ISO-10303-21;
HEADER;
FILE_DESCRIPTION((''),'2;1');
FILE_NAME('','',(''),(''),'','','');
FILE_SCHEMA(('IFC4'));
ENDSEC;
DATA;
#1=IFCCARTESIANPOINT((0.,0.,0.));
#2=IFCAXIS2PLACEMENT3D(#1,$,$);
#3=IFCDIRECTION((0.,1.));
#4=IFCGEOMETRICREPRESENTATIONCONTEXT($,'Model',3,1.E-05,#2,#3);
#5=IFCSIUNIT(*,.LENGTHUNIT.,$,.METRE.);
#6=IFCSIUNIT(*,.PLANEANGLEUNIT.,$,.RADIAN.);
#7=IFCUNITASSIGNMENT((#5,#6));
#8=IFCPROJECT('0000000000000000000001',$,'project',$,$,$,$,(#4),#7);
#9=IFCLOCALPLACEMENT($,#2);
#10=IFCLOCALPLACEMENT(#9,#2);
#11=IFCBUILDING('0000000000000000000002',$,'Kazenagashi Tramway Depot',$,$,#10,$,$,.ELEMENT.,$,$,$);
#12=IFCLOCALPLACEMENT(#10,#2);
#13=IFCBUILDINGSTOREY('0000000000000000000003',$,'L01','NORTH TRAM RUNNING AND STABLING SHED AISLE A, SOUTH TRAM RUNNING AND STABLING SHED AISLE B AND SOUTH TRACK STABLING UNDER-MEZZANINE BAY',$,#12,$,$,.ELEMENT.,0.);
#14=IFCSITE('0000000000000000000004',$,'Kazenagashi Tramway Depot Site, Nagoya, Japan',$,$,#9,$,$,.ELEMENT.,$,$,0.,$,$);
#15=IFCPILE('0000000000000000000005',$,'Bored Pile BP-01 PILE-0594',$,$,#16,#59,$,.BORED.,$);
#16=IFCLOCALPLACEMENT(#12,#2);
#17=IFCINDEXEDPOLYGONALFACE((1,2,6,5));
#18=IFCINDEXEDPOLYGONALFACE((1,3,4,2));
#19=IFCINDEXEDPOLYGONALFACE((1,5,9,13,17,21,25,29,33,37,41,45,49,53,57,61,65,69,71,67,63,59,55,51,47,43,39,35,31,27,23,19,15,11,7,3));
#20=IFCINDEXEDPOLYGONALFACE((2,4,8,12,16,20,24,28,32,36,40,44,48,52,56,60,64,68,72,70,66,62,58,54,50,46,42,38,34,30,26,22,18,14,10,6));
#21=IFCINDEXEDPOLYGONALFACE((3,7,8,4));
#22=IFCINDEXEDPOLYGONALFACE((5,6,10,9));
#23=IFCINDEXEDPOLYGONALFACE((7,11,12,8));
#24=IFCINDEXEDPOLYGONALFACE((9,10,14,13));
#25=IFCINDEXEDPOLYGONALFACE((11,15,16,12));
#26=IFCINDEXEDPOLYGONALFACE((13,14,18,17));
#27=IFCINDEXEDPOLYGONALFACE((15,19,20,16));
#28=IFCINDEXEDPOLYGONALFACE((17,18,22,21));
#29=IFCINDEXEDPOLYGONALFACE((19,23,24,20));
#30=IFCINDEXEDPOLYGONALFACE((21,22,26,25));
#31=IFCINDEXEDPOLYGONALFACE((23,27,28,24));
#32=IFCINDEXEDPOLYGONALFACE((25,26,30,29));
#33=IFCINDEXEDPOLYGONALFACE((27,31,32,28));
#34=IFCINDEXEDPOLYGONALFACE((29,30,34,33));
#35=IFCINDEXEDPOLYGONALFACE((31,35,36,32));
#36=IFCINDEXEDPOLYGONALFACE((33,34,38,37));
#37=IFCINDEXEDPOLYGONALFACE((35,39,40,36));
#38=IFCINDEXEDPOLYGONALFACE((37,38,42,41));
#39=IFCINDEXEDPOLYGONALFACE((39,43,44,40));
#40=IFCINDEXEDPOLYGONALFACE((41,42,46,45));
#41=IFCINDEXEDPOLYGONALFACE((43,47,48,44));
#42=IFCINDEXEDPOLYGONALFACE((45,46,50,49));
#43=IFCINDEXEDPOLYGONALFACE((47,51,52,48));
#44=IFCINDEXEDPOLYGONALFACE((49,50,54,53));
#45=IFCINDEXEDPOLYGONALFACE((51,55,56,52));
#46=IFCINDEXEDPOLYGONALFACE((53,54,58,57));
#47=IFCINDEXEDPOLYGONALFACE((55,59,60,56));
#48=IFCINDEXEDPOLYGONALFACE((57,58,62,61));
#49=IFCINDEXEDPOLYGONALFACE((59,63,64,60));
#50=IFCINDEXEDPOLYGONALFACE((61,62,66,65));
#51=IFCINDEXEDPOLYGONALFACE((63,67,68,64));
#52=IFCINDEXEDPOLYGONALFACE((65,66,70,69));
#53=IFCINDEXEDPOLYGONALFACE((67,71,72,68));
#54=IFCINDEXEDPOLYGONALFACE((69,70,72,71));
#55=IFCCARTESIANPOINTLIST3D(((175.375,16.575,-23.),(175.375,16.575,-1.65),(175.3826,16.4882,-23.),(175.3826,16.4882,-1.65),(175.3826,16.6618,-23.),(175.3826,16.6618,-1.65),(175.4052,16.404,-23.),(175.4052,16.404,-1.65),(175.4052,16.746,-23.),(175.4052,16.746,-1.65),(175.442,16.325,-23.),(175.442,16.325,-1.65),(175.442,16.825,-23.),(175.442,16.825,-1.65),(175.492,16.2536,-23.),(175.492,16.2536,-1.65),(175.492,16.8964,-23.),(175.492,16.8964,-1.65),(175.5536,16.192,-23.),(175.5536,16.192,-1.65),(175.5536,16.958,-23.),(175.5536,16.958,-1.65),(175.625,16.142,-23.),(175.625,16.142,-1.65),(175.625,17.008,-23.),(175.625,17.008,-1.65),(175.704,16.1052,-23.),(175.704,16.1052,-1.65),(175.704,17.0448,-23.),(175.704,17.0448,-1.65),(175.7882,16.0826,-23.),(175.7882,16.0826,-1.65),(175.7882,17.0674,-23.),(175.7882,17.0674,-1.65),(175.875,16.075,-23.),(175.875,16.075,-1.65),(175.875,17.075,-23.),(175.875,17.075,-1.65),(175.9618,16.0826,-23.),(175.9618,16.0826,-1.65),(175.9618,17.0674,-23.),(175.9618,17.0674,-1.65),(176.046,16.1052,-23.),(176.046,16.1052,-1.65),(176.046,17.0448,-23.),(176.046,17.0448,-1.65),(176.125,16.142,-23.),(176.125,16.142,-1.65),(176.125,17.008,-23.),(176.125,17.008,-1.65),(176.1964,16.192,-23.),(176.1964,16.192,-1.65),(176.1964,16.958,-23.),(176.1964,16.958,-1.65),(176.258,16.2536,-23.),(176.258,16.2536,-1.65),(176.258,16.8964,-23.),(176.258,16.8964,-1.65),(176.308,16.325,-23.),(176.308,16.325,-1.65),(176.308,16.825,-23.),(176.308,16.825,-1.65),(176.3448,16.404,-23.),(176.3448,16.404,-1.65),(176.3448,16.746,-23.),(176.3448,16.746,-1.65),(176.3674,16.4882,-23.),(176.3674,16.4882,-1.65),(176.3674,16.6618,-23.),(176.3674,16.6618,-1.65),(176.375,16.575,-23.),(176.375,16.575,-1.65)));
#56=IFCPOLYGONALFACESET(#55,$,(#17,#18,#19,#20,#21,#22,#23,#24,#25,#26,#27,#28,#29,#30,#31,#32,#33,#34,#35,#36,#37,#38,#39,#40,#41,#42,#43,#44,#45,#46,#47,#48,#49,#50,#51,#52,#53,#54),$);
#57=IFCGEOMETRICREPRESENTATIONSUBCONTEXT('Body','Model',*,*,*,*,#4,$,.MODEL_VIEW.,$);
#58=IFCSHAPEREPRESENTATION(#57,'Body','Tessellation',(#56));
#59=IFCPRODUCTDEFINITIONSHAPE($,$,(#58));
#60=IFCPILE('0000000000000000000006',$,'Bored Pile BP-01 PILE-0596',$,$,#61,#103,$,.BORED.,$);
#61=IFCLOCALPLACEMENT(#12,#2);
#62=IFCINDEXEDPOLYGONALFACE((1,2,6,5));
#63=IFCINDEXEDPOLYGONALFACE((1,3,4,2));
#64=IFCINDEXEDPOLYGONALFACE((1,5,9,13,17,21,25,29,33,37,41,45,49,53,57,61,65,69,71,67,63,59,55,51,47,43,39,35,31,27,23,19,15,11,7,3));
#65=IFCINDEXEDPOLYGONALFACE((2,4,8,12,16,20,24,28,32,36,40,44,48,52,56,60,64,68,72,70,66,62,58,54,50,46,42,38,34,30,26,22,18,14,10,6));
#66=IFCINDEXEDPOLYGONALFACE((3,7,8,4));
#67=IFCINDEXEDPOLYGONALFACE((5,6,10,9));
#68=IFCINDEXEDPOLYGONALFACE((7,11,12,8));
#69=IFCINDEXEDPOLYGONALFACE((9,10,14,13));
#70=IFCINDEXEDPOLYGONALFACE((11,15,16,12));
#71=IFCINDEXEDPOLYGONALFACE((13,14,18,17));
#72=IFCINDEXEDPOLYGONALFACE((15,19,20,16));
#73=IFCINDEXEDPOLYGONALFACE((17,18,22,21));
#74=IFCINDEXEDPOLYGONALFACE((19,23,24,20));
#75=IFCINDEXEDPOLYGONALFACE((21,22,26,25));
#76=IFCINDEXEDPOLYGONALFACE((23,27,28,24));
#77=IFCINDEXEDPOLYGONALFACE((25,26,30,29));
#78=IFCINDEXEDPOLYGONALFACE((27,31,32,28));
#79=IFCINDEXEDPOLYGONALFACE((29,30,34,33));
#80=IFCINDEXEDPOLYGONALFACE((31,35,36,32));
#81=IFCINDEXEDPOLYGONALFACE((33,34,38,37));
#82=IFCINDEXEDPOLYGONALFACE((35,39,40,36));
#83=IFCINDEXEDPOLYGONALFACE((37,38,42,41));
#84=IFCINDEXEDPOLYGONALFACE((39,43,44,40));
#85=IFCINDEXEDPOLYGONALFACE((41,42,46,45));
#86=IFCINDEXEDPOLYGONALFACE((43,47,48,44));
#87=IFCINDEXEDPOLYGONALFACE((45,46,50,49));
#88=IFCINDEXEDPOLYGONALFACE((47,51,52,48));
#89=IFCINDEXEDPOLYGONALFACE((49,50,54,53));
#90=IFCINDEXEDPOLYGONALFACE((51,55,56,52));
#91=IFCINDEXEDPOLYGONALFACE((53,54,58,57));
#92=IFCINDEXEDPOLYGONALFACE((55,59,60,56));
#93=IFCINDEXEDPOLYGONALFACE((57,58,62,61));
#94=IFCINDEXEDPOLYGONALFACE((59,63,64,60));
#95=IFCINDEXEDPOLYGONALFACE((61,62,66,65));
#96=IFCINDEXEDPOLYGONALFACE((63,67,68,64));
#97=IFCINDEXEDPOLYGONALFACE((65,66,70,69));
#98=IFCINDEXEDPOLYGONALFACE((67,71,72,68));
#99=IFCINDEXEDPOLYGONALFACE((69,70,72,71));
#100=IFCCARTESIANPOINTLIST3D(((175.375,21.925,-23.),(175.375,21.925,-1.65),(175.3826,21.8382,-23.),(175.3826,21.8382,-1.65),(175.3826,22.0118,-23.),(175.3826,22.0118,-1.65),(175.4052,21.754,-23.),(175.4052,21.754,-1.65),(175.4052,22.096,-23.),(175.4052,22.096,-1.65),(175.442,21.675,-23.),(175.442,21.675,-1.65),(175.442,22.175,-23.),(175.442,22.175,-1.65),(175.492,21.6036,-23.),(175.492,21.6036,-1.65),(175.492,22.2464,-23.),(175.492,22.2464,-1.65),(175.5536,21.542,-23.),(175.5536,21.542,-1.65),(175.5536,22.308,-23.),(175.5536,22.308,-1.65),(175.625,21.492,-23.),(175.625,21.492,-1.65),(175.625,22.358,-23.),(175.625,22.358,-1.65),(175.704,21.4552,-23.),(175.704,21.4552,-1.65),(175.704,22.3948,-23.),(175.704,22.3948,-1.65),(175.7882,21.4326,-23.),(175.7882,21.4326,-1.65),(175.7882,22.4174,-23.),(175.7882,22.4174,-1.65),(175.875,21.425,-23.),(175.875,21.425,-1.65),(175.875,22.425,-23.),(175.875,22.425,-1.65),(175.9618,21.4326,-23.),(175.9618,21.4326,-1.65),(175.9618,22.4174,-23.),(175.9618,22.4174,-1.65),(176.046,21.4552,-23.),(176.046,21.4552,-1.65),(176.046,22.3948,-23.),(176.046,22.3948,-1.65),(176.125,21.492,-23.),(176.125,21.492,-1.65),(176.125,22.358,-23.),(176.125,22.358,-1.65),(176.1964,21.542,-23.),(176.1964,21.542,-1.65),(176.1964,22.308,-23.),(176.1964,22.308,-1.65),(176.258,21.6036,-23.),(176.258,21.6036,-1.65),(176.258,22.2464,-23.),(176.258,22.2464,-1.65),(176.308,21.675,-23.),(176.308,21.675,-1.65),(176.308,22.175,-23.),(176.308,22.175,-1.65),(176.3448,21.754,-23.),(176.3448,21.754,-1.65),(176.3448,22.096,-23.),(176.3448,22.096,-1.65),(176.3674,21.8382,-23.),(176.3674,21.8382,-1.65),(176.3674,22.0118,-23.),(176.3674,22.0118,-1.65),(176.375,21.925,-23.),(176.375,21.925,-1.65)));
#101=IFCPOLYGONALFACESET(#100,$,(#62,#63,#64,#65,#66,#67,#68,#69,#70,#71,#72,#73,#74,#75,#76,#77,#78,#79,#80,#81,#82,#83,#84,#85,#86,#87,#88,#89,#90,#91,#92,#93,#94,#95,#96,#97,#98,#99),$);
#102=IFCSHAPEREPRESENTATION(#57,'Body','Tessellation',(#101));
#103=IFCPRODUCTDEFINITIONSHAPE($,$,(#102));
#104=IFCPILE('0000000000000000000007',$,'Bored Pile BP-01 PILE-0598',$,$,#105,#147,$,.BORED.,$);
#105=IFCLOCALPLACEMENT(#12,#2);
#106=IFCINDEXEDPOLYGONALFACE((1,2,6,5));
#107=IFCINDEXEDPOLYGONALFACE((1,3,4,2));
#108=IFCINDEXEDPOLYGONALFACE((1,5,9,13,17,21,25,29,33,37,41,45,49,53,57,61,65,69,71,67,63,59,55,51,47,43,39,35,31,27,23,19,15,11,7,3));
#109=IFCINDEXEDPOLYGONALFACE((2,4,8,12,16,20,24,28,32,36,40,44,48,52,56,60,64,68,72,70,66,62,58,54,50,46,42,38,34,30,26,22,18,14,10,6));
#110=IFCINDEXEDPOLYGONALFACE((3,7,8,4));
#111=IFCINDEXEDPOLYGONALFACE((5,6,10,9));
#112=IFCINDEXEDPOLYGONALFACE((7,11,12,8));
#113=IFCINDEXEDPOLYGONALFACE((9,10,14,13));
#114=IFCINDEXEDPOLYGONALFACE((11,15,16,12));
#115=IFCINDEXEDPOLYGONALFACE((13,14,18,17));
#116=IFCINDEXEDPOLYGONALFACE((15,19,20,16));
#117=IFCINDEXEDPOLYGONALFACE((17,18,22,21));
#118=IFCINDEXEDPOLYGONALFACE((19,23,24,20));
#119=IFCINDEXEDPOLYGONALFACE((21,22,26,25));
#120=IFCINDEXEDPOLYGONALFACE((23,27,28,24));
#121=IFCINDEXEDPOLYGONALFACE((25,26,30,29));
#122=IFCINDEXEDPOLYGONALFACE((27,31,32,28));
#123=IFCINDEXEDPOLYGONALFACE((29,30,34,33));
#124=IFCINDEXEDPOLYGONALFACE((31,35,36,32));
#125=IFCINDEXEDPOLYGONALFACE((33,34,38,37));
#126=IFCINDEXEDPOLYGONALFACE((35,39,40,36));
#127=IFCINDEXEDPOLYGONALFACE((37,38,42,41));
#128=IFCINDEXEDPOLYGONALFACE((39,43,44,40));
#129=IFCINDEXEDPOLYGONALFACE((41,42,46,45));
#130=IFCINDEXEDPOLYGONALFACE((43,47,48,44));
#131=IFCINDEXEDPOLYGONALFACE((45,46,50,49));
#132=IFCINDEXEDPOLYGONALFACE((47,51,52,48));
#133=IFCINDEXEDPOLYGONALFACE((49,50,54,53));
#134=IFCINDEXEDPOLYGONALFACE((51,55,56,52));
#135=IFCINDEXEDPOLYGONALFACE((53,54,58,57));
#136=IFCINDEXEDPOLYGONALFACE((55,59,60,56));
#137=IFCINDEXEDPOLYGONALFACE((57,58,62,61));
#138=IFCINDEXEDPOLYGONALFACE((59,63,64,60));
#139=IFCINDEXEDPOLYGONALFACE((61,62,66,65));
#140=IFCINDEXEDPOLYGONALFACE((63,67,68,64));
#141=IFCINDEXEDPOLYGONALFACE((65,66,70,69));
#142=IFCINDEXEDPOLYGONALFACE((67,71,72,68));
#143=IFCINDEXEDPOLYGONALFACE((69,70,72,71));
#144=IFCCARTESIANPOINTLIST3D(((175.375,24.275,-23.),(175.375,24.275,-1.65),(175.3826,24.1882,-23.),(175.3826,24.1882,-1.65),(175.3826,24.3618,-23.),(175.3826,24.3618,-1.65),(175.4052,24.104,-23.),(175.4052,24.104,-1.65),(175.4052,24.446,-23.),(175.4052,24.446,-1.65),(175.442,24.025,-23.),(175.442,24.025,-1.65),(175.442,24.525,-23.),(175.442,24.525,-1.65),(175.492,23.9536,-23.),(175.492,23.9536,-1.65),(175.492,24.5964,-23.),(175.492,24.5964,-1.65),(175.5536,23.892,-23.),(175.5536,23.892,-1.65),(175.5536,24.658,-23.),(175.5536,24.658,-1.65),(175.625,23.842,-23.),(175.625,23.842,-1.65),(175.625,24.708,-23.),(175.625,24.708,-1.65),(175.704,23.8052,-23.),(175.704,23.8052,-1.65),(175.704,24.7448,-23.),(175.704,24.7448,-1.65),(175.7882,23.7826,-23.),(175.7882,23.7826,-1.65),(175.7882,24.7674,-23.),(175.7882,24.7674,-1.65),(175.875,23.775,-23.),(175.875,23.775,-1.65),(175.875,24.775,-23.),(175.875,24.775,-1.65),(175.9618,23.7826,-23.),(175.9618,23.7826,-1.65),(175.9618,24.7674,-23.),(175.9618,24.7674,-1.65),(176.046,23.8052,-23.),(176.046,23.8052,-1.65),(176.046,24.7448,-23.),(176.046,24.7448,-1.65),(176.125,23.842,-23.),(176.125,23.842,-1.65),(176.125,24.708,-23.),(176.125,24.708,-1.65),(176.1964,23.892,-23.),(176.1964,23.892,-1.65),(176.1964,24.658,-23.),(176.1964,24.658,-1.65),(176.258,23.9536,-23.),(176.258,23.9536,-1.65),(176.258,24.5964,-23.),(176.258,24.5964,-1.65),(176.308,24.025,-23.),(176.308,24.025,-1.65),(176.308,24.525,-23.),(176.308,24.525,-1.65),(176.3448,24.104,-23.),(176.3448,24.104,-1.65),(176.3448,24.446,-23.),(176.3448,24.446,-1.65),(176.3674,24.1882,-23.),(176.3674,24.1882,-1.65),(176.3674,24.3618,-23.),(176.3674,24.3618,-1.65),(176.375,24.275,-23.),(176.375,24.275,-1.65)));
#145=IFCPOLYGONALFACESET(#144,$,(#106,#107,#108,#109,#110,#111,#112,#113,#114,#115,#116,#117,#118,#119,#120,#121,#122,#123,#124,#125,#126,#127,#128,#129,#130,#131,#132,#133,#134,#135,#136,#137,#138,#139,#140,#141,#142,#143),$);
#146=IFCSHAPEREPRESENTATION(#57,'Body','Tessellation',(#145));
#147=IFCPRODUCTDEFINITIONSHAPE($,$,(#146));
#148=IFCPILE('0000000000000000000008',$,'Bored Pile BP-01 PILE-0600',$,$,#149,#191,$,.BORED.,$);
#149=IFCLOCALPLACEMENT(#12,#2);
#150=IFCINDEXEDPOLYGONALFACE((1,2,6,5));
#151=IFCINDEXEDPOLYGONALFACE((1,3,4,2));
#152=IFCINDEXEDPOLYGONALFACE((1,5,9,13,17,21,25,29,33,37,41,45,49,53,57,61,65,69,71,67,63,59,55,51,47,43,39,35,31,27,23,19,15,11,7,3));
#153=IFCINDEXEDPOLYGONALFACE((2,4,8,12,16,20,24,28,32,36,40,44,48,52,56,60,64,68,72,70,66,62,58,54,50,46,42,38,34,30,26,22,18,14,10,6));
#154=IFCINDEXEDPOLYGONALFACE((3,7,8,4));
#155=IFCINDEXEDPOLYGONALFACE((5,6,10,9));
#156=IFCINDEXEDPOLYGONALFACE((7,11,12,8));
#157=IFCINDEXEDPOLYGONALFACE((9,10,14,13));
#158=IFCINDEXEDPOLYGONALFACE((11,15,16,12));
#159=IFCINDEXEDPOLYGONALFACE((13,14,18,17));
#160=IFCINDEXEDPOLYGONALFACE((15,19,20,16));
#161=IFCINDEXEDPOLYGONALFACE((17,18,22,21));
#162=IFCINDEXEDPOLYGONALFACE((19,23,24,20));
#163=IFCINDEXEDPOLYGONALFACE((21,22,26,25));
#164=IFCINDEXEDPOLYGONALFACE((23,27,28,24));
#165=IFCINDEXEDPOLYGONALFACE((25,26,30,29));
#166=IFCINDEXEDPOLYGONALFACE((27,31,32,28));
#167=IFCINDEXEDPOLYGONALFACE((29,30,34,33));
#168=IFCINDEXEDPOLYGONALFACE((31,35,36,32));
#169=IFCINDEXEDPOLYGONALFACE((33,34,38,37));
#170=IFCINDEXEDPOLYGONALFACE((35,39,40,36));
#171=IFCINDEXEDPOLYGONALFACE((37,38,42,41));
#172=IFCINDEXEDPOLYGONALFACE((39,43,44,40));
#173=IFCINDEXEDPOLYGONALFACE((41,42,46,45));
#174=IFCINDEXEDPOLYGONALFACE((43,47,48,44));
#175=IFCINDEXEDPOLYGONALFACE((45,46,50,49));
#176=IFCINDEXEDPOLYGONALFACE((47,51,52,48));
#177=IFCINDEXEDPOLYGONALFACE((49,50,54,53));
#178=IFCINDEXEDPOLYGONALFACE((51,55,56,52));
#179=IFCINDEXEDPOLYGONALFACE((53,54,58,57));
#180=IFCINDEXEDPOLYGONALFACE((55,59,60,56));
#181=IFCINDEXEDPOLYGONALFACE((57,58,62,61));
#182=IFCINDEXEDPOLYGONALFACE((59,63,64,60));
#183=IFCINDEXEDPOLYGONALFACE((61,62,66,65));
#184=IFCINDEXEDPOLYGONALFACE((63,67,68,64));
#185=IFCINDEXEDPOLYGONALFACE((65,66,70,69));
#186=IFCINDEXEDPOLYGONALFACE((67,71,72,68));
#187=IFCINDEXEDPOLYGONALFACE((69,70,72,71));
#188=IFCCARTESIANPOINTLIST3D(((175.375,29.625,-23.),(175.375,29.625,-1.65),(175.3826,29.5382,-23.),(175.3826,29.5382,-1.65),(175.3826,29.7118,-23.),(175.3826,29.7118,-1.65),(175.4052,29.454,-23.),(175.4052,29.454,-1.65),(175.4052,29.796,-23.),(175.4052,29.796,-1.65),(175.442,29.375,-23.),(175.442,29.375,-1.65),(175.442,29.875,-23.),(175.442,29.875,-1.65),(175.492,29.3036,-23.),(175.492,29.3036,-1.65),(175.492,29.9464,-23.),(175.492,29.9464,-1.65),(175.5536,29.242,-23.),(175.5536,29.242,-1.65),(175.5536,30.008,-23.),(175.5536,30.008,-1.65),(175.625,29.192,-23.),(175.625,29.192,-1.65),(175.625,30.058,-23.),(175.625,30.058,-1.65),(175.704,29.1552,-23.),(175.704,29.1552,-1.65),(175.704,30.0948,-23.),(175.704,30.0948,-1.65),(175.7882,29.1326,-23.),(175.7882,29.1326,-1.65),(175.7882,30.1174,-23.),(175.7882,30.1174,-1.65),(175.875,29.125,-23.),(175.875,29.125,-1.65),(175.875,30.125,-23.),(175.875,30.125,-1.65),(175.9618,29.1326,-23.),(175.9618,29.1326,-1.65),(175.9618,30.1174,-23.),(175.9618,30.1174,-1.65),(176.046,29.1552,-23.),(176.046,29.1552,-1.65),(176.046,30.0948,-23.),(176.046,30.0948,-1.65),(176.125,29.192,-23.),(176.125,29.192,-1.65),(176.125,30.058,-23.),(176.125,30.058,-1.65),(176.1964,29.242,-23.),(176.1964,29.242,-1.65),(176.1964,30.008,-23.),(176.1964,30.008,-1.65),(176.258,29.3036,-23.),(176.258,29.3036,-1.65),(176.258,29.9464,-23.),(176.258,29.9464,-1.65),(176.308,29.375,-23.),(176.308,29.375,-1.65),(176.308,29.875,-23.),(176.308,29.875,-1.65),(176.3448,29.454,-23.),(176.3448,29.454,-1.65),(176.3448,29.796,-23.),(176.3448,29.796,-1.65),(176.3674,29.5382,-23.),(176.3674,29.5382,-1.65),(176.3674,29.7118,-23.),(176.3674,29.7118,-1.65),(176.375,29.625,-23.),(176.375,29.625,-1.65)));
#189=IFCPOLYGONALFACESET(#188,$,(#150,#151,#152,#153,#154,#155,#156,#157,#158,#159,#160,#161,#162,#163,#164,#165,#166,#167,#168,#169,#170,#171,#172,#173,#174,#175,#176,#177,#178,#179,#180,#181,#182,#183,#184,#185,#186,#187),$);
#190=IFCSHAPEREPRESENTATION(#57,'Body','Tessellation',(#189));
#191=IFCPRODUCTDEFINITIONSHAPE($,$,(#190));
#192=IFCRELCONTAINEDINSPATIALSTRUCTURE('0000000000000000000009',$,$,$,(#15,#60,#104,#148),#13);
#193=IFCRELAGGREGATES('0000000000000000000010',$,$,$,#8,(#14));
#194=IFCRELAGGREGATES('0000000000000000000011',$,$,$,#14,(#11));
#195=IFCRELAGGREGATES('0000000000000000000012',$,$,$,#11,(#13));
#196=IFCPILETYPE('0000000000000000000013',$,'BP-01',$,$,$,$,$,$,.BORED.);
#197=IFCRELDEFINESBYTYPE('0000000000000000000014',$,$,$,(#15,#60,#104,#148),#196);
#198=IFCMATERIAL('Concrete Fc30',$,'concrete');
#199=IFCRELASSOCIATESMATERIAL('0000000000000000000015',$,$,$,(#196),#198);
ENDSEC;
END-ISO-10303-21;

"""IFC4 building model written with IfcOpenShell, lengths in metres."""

from ifc_helpers import new_model, si_unit, direction, frame, origin, origin_2d, place, context, subcontext, project, spatial, circle, extrude, material, material_profile, profile_set, type_object, element, save


model = new_model("IFC4")

# Units and contexts
model_context = context("Model", 3, precision=1e-05, world=origin(), true_north=direction((0.0, 1.0)))
body_context = subcontext(model_context, "Body", "Model", "MODEL_VIEW")
ifc_project = project(units=[si_unit("LENGTHUNIT", "METRE"), si_unit("PLANEANGLEUNIT", "RADIAN")], contexts=[model_context])

# Site, building, storey
site_placement = place(None, origin())
site = spatial("IfcSite", under=ifc_project, at=site_placement, Name="Kazenagashi Tramway Depot Site, Nagoya, Japan", CompositionType="ELEMENT", RefElevation=0.0)
building_placement = place(site_placement, origin())
building = spatial("IfcBuilding", under=site, at=building_placement, Name="Kazenagashi Tramway Depot", CompositionType="ELEMENT")
storey_placement = place(building_placement, origin())
storey = spatial("IfcBuildingStorey", under=building, at=storey_placement, Name="L01", Description="NORTH TRAM RUNNING AND STABLING SHED AISLE A, SOUTH TRAM RUNNING AND STABLING SHED AISLE B AND SOUTH TRACK STABLING UNDER-MEZZANINE BAY", CompositionType="ELEMENT", Elevation=0.0)

# Piles
ifc_material_1 = material(Name="Concrete Fc30", Category="concrete")
ifc_material_profile_1 = material_profile(ifc_material_1, circle(Radius=0.5, at=origin_2d()), Name="PILE-1000")
ifc_profile_set_1 = profile_set([ifc_material_profile_1], Name="Concrete Fc30")
pile_type = type_object("IfcPileType", Name="BP-01", PredefinedType="BORED", material=ifc_profile_set_1)
for number, where, z_axis, x_axis, name in (
    (1, (175.875, 16.575, -1.65), (0.0, 0.0, -1.0), (1.0, 0.0, 0.0), "Bored Pile BP-01 PILE-0594"),
    (2, (175.875, 21.925, -1.65), (0.0, 0.0, -1.0), (1.0, 0.0, 0.0), "Bored Pile BP-01 PILE-0596"),
    (3, (175.875, 24.275, -1.65), (0.0, 0.0, -1.0), (1.0, 0.0, 0.0), "Bored Pile BP-01 PILE-0598"),
    (4, (175.875, 29.625, -1.65), (0.0, 0.0, -1.0), (1.0, 0.0, 0.0), "Bored Pile BP-01 PILE-0600"),
):
    element("IfcPile", number, at=place(storey_placement, frame(where, z_axis=z_axis, x_axis=x_axis)), inside=storey, type_object=pile_type, Name=name, PredefinedType="BORED", context=body_context, shape_type="SweptSolid", body=[
        extrude(circle(Radius=0.5, at=origin_2d()), origin(), (0.0, 0.0, 1.0), 21.35),
    ])

save(model, "model.ifc")
